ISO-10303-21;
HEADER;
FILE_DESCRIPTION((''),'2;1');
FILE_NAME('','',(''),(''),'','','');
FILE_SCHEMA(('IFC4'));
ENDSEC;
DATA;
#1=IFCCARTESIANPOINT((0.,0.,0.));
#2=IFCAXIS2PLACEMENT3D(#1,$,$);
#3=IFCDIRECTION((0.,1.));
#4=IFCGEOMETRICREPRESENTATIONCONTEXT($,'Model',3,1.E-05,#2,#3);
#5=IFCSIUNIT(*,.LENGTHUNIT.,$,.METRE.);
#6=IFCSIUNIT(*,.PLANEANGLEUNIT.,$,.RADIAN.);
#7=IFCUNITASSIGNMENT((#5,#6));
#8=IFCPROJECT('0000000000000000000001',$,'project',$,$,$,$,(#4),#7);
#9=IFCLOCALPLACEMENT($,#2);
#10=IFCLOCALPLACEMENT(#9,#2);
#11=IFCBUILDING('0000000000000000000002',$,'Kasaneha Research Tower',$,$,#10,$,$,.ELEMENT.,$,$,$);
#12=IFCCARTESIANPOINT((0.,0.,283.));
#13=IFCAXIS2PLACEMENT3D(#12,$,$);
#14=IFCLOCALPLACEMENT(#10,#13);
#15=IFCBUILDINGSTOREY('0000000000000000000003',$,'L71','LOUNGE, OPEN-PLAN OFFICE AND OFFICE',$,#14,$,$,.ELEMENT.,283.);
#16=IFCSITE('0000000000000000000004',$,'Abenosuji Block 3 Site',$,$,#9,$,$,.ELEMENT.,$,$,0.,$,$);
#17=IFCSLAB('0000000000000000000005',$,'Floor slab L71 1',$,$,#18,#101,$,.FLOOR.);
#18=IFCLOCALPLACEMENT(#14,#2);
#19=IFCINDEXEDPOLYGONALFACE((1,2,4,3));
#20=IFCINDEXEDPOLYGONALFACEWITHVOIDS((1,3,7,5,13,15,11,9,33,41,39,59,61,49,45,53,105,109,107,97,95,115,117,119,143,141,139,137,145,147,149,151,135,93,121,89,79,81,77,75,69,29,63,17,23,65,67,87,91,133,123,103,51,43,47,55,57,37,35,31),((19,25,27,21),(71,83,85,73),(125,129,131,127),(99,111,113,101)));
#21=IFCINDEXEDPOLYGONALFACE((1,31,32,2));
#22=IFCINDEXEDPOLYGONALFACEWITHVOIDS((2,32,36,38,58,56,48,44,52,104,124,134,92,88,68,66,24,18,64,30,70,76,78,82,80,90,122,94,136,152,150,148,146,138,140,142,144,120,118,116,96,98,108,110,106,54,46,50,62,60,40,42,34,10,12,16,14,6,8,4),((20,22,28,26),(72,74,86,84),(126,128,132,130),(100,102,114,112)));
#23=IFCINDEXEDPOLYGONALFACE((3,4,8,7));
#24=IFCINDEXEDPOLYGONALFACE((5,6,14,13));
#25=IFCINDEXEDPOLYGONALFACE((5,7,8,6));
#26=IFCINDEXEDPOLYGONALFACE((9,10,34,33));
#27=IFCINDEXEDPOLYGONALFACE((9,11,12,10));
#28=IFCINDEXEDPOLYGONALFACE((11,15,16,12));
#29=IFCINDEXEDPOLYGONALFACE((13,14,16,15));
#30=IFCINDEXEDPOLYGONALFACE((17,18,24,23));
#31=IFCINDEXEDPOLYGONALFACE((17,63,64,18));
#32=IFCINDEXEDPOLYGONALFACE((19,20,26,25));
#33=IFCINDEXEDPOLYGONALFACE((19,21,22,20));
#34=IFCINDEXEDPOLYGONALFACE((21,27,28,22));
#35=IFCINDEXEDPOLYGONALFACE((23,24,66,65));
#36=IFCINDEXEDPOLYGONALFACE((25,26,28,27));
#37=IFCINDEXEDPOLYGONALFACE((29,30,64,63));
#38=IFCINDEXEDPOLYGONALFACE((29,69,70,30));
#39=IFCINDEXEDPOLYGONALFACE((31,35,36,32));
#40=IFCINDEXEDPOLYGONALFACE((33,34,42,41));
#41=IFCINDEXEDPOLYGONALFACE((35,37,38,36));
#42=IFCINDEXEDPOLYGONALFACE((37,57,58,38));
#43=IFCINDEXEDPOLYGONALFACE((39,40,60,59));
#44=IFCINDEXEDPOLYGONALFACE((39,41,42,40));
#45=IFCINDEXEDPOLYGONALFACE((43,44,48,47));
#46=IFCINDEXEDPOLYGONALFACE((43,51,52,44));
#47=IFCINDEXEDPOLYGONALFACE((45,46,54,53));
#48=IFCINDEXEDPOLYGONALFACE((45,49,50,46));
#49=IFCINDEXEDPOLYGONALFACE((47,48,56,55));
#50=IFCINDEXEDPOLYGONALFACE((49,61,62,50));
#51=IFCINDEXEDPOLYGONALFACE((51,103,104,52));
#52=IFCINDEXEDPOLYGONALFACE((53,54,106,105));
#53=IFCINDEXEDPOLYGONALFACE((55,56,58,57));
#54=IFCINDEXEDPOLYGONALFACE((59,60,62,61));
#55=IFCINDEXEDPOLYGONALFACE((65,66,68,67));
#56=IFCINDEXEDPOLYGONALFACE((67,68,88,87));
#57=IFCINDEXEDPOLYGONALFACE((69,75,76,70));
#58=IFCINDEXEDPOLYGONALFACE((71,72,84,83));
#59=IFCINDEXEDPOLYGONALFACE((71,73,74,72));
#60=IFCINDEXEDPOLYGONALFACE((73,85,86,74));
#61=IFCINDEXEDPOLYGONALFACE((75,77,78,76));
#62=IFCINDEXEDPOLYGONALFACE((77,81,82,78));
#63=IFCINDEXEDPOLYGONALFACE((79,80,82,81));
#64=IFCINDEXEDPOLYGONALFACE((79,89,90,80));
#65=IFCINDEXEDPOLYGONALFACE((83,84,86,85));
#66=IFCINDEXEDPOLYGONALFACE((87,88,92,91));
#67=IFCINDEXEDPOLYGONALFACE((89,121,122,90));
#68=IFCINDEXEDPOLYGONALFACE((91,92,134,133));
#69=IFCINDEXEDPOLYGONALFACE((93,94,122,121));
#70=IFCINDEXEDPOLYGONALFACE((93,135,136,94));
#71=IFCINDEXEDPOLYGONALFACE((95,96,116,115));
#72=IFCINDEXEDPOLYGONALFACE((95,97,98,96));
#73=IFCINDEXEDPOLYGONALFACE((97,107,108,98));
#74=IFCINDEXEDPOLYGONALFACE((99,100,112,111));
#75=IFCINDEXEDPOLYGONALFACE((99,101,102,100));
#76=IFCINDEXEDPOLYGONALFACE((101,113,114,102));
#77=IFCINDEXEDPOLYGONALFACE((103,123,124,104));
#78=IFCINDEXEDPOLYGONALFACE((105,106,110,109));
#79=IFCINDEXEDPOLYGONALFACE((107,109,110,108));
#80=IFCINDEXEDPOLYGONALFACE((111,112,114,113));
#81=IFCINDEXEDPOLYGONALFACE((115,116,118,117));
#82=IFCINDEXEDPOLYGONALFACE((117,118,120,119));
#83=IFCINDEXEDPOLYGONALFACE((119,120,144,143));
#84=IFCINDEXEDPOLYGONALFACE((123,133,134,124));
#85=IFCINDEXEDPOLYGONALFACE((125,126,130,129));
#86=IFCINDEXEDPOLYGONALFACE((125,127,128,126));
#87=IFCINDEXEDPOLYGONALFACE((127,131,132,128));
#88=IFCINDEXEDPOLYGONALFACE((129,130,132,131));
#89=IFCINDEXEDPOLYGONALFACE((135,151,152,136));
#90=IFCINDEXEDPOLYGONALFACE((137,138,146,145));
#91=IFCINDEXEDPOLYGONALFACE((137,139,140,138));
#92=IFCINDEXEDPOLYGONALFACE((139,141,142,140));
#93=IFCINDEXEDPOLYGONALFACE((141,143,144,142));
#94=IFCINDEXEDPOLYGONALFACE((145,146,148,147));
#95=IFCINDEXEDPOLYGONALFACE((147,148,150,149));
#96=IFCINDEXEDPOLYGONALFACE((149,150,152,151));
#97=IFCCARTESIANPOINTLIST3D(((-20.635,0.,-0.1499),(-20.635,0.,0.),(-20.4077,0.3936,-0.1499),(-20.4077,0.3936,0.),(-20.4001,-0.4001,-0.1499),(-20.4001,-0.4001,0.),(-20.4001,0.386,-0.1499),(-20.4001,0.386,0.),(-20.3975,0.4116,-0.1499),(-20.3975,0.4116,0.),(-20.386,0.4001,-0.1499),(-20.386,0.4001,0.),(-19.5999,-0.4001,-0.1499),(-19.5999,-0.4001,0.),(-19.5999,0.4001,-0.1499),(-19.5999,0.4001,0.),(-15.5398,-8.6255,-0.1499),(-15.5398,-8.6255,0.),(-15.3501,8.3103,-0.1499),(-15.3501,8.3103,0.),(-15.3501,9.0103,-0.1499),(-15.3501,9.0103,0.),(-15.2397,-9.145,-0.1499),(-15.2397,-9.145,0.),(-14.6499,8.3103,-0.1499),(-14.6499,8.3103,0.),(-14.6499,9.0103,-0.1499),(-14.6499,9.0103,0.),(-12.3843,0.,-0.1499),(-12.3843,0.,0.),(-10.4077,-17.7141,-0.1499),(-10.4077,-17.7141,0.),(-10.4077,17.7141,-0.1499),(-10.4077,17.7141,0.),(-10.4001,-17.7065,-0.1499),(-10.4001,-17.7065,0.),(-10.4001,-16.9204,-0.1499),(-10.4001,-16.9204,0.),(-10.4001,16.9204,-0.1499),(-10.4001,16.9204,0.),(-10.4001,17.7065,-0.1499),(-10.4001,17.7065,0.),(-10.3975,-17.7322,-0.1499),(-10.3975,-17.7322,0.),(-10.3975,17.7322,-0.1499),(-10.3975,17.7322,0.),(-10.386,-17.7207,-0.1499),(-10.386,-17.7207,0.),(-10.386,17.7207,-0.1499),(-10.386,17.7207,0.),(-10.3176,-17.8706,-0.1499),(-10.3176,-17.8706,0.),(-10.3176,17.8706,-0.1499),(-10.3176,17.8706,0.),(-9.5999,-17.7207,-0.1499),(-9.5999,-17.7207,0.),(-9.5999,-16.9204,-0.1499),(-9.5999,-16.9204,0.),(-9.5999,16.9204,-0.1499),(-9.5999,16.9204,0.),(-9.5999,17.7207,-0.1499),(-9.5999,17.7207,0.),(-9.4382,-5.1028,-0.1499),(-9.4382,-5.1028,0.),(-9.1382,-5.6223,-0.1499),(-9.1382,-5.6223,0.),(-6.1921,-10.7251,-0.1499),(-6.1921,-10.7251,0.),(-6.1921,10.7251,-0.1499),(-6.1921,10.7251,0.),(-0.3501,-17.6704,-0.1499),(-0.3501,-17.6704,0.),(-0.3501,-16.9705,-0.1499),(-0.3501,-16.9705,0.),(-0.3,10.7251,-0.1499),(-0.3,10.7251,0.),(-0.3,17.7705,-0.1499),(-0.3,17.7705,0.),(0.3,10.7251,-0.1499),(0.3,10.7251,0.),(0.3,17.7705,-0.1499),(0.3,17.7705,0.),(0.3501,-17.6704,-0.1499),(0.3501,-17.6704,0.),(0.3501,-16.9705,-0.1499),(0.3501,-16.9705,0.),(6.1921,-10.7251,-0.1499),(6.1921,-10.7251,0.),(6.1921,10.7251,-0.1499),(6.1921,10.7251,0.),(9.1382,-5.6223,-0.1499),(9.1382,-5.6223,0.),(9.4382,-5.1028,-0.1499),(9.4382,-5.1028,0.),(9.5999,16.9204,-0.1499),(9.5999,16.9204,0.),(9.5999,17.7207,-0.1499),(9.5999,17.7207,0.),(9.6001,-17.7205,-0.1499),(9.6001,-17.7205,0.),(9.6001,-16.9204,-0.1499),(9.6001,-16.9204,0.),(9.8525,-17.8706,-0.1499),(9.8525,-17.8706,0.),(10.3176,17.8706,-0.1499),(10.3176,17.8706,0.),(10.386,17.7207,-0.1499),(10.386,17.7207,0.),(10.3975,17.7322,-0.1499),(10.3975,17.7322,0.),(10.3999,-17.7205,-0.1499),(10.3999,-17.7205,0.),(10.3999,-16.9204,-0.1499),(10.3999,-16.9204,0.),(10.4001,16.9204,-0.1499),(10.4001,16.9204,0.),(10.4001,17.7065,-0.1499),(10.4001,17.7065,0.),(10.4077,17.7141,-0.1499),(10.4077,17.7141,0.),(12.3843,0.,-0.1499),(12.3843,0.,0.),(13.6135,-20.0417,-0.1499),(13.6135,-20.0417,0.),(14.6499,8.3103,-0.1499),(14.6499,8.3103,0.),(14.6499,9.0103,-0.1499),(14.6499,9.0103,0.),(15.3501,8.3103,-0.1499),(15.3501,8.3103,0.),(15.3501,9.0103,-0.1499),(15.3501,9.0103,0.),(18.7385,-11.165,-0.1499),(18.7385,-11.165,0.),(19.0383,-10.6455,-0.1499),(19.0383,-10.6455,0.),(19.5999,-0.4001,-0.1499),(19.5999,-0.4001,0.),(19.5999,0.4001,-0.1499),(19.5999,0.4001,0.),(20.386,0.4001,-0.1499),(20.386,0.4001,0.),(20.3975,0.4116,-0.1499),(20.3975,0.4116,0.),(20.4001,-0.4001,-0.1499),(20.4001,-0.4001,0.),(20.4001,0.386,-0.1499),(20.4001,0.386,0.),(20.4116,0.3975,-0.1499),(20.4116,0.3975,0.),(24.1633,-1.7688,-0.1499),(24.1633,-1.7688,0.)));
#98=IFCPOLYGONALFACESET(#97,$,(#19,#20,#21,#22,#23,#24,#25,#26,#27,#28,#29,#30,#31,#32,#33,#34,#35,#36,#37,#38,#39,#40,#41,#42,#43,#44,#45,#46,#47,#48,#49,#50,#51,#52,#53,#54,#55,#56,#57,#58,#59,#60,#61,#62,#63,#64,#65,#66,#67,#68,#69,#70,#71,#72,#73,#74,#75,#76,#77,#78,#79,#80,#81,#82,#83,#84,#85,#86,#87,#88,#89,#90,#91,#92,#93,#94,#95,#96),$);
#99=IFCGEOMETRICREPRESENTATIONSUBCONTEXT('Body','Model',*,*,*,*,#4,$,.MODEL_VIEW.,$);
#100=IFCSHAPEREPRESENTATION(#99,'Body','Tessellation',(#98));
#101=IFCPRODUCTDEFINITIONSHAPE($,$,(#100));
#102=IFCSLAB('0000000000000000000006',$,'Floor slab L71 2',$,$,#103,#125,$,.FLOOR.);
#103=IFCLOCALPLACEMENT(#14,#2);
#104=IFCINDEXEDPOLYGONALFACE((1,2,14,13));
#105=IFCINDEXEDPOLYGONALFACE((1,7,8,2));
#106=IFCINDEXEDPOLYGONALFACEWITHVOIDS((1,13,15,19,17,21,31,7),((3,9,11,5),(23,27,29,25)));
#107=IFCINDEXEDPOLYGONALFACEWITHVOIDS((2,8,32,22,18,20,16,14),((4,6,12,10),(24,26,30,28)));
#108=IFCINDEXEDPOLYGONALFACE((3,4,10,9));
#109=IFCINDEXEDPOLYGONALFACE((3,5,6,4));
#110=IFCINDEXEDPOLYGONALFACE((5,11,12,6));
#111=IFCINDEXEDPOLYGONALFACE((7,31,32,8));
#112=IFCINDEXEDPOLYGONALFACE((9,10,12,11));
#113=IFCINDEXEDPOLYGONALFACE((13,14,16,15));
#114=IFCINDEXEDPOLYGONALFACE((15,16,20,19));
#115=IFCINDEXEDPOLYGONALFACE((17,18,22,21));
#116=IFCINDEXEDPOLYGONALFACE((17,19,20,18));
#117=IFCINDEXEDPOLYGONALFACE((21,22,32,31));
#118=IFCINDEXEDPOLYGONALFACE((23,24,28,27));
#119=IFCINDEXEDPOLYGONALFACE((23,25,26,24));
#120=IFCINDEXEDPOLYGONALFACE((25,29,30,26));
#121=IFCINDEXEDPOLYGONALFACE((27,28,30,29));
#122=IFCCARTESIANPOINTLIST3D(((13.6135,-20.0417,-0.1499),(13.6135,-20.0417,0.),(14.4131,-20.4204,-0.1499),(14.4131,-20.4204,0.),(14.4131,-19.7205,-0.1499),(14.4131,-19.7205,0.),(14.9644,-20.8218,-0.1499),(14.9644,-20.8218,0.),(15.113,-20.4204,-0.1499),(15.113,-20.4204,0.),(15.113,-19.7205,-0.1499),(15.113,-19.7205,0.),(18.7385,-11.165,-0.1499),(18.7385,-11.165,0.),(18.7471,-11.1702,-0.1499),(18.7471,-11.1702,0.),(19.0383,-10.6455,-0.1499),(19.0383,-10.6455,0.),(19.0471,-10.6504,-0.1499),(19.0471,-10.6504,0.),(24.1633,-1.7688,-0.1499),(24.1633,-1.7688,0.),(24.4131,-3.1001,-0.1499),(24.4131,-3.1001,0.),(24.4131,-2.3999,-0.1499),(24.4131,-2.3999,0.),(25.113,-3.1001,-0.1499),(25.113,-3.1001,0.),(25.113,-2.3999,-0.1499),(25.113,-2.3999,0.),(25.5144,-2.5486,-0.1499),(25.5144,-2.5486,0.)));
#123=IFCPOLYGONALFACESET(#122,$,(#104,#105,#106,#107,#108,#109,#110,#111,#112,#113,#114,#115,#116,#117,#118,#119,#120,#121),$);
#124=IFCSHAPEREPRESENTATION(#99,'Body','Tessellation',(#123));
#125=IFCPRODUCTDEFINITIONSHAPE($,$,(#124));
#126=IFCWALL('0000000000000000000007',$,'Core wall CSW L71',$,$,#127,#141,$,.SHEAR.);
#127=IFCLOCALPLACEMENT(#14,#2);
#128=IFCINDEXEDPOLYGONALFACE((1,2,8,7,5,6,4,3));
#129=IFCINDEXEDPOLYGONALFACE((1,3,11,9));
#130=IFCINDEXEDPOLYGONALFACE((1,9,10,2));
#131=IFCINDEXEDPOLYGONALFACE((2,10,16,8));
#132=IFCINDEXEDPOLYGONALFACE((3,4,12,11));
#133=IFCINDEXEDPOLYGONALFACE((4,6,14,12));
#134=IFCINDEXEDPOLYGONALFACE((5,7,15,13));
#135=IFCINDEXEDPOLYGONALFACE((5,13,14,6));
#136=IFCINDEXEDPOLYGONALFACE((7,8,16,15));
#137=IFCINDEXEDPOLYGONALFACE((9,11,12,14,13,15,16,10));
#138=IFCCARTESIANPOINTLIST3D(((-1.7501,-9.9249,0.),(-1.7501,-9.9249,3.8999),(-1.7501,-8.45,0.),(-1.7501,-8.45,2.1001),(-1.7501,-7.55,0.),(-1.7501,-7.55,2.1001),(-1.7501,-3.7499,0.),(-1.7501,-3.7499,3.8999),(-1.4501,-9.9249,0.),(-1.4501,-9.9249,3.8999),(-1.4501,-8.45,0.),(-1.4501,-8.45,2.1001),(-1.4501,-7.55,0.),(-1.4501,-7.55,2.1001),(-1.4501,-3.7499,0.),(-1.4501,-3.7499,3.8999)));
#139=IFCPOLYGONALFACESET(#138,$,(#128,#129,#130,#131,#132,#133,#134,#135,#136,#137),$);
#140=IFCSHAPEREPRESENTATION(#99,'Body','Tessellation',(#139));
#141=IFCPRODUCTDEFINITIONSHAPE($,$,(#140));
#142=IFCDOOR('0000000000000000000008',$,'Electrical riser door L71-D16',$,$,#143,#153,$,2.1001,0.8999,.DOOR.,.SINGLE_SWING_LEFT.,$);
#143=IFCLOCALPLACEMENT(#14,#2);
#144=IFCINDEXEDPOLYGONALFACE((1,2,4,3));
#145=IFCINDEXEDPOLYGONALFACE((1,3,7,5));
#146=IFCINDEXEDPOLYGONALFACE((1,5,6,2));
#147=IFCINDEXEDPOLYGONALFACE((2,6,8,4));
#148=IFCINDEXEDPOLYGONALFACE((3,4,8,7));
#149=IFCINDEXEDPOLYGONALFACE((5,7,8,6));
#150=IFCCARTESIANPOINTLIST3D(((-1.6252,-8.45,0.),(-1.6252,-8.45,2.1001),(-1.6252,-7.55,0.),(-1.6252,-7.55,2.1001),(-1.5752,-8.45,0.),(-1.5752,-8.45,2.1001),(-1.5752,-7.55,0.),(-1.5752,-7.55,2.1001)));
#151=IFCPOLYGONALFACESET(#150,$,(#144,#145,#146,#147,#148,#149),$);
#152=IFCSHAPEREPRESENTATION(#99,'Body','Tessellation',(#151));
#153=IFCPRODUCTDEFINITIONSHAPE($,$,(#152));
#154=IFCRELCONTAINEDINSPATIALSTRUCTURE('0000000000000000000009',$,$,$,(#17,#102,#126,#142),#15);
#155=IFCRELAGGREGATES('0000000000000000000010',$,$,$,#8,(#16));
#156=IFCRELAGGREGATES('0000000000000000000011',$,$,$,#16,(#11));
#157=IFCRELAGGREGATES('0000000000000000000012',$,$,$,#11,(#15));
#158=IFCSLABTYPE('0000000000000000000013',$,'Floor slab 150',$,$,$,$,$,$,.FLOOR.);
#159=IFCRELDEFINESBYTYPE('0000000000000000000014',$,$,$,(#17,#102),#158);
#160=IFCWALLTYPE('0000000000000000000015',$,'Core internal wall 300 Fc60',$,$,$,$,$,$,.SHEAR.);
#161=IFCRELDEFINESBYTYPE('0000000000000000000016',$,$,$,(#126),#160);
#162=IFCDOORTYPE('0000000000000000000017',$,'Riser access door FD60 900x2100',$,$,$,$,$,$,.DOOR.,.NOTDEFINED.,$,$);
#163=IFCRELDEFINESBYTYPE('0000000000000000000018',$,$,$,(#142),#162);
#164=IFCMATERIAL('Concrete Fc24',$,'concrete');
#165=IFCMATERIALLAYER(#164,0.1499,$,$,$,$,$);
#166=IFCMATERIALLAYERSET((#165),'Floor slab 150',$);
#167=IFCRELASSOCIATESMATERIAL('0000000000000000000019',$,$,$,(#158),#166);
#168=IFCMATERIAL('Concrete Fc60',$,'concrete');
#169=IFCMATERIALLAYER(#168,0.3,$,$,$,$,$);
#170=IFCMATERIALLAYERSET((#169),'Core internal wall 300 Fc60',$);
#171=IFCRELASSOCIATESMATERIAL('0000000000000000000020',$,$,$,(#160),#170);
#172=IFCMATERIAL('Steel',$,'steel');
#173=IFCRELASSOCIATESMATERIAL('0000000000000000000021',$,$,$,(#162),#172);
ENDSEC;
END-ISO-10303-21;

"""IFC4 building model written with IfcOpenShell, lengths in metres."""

from ifc_helpers import new_model, si_unit, direction, frame, frame_2d, origin, place, context, subcontext, project, spatial, polyline, rectangle, outline, extrude, material, layer, layer_set, type_object, element, fill, save


model = new_model("IFC4")

# Units and contexts
model_context = context("Model", 3, precision=1e-05, world=origin(), true_north=direction((0.0, 1.0)))
body_context = subcontext(model_context, "Body", "Model", "MODEL_VIEW")
ifc_project = project(units=[si_unit("LENGTHUNIT", "METRE"), si_unit("PLANEANGLEUNIT", "RADIAN")], contexts=[model_context])

# Site, building, storey
site_placement = place(None, origin())
site = spatial("IfcSite", under=ifc_project, at=site_placement, Name="Abenosuji Block 3 Site", CompositionType="ELEMENT", RefElevation=0.0)
building_placement = place(site_placement, origin())
building = spatial("IfcBuilding", under=site, at=building_placement, Name="Kasaneha Research Tower", CompositionType="ELEMENT")
storey_placement = place(building_placement, frame((0.0, 0.0, 283.0)))
storey = spatial("IfcBuildingStorey", under=building, at=storey_placement, Name="L71", Description="LOUNGE, OPEN-PLAN OFFICE AND OFFICE", CompositionType="ELEMENT", Elevation=283.0)

# Slabs
ifc_material_1 = material(Name="Concrete Fc24", Category="concrete")
ifc_layer_1 = layer(ifc_material_1, 0.1499)
ifc_layer_set_1 = layer_set([ifc_layer_1], Name="Floor slab 150")
slab_type_1 = type_object("IfcSlabType", Name="Floor slab 150", PredefinedType="FLOOR", material=ifc_layer_set_1)
slab_1_placement = place(storey_placement, frame((0.0, 0.0, -0.1499)))
element("IfcSlab", 1, at=slab_1_placement, inside=storey, type_object=slab_type_1, Name="Floor slab L71 1", PredefinedType="FLOOR", context=body_context, shape_type="SweptSolid", body=[
    extrude(outline(polyline([(-10.3176, -17.8706), (-10.3975, -17.7322), (-10.386, -17.7207), (-9.5999, -17.7207), (-9.5999, -16.9204), (-10.4001, -16.9204), (-10.4001, -17.7065), (-10.4077, -17.7141), (-20.635, 0.0), (-20.4077, 0.3936), (-20.4001, 0.386), (-20.4001, -0.4001), (-19.5999, -0.4001), (-19.5999, 0.4001), (-20.386, 0.4001), (-20.3975, 0.4116), (-10.4077, 17.7141), (-10.4001, 17.7065), (-10.4001, 16.9204), (-9.5999, 16.9204), (-9.5999, 17.7207), (-10.386, 17.7207), (-10.3975, 17.7322), (-10.3176, 17.8706), (10.3176, 17.8706), (10.3975, 17.7322), (10.386, 17.7207), (9.5999, 17.7207), (9.5999, 16.9204), (10.4001, 16.9204), (10.4001, 17.7065), (10.4077, 17.7141), (20.3975, 0.4116), (20.386, 0.4001), (19.5999, 0.4001), (19.5999, -0.4001), (20.4001, -0.4001), (20.4001, 0.386), (20.4116, 0.3975), (24.1633, -1.7688), (19.0383, -10.6455), (9.4382, -5.1028), (12.3843, 0.0), (6.1921, 10.7251), (0.3, 10.7251), (0.3, 17.7705), (-0.3, 17.7705), (-0.3, 10.7251), (-6.1921, 10.7251), (-12.3843, 0.0), (-9.4382, -5.1028), (-15.5398, -8.6255), (-15.2397, -9.145), (-9.1382, -5.6223), (-6.1921, -10.7251), (6.1921, -10.7251), (9.1382, -5.6223), (18.7385, -11.165), (13.6135, -20.0417), (9.8525, -17.8706), (-10.3176, -17.8706)]), holes=[polyline([(0.3501, -17.6704), (0.3501, -16.9705), (-0.3501, -16.9705), (-0.3501, -17.6704), (0.3501, -17.6704)]), polyline([(-15.3501, 8.3103), (-14.6499, 8.3103), (-14.6499, 9.0103), (-15.3501, 9.0103), (-15.3501, 8.3103)]), polyline([(9.6001, -17.7205), (10.3999, -17.7205), (10.3999, -16.9204), (9.6001, -16.9204), (9.6001, -17.7205)]), polyline([(14.6499, 8.3103), (15.3501, 8.3103), (15.3501, 9.0103), (14.6499, 9.0103), (14.6499, 8.3103)])]), origin(), (0.0, 0.0, 1.0), 0.1499),
])
slab_2_placement = place(storey_placement, frame((0.0, 0.0, -0.1499)))
element("IfcSlab", 2, at=slab_2_placement, inside=storey, type_object=slab_type_1, Name="Floor slab L71 2", PredefinedType="FLOOR", context=body_context, shape_type="SweptSolid", body=[
    extrude(outline(polyline([(25.5144, -2.5486), (14.9644, -20.8218), (13.6135, -20.0417), (18.7385, -11.165), (18.7471, -11.1702), (19.0471, -10.6504), (19.0383, -10.6455), (24.1633, -1.7688), (25.5144, -2.5486)]), holes=[polyline([(14.4131, -20.4204), (15.113, -20.4204), (15.113, -19.7205), (14.4131, -19.7205), (14.4131, -20.4204)]), polyline([(24.4131, -3.1001), (25.113, -3.1001), (25.113, -2.3999), (24.4131, -2.3999), (24.4131, -3.1001)])]), origin(), (0.0, 0.0, 1.0), 0.1499),
])

# Shared definitions
ifc_material_2 = material(Name="Concrete Fc60", Category="concrete")
ifc_layer_2 = layer(ifc_material_2, 0.3)
ifc_layer_set_2 = layer_set([ifc_layer_2], Name="Core internal wall 300 Fc60")
wall_type_1 = type_object("IfcWallType", Name="Core internal wall 300 Fc60", PredefinedType="SHEAR", material=ifc_layer_set_2)

# Wall, opening, door
wall_1_placement = place(storey_placement, frame((-1.6001, -3.75, 0.0), z_axis=(0.0, 0.0, 1.0), x_axis=(0.0, -1.0, 0.0)))
wall_1 = element("IfcWall", 3, at=wall_1_placement, inside=storey, type_object=wall_type_1, Name="Core wall CSW L71", PredefinedType="SHEAR", context=body_context, shape_type="SweptSolid", body=[
    extrude(rectangle(XDim=6.175, YDim=0.3, at=frame_2d((3.0874, 0.0))), origin(), (0.0, 0.0, 1.0), 3.8999),
])
opening_1_placement = place(wall_1_placement, frame((3.8, 0.0, 0.0)))
opening_1 = element("IfcOpeningElement", 4, at=opening_1_placement, cuts=wall_1, PredefinedType="OPENING", context=body_context, shape_type="SweptSolid", body=[
    extrude(rectangle(XDim=0.8999, YDim=2.1001, at=frame_2d((0.45, 1.05))), frame((0.0, 0.1602, 0.0), z_axis=(0.0, -1.0, 0.0), x_axis=(1.0, 0.0, 0.0)), (0.0, 0.0, 1.0), 0.3201),
])
ifc_material_3 = material(Name="Steel", Category="steel")
door_type_1 = type_object("IfcDoorType", Name="Riser access door FD60 900x2100", OperationType="NOTDEFINED", PredefinedType="DOOR", material=ifc_material_3)
door_1_placement = place(opening_1_placement, origin())
door_1 = element("IfcDoor", 5, at=door_1_placement, inside=storey, type_object=door_type_1, Name="Electrical riser door L71-D16", OperationType="SINGLE_SWING_LEFT", OverallHeight=2.1001, OverallWidth=0.8999, PredefinedType="DOOR", context=body_context, shape_type="SweptSolid", body=[
    extrude(rectangle(XDim=0.8999, YDim=2.1001, at=frame_2d((0.45, 1.05))), frame((0.0, 0.0249, 0.0), z_axis=(0.0, -1.0, 0.0), x_axis=(1.0, 0.0, 0.0)), (0.0, 0.0, 1.0), 0.05),
])
fill(opening_1, door_1)

save(model, "model.ifc")
